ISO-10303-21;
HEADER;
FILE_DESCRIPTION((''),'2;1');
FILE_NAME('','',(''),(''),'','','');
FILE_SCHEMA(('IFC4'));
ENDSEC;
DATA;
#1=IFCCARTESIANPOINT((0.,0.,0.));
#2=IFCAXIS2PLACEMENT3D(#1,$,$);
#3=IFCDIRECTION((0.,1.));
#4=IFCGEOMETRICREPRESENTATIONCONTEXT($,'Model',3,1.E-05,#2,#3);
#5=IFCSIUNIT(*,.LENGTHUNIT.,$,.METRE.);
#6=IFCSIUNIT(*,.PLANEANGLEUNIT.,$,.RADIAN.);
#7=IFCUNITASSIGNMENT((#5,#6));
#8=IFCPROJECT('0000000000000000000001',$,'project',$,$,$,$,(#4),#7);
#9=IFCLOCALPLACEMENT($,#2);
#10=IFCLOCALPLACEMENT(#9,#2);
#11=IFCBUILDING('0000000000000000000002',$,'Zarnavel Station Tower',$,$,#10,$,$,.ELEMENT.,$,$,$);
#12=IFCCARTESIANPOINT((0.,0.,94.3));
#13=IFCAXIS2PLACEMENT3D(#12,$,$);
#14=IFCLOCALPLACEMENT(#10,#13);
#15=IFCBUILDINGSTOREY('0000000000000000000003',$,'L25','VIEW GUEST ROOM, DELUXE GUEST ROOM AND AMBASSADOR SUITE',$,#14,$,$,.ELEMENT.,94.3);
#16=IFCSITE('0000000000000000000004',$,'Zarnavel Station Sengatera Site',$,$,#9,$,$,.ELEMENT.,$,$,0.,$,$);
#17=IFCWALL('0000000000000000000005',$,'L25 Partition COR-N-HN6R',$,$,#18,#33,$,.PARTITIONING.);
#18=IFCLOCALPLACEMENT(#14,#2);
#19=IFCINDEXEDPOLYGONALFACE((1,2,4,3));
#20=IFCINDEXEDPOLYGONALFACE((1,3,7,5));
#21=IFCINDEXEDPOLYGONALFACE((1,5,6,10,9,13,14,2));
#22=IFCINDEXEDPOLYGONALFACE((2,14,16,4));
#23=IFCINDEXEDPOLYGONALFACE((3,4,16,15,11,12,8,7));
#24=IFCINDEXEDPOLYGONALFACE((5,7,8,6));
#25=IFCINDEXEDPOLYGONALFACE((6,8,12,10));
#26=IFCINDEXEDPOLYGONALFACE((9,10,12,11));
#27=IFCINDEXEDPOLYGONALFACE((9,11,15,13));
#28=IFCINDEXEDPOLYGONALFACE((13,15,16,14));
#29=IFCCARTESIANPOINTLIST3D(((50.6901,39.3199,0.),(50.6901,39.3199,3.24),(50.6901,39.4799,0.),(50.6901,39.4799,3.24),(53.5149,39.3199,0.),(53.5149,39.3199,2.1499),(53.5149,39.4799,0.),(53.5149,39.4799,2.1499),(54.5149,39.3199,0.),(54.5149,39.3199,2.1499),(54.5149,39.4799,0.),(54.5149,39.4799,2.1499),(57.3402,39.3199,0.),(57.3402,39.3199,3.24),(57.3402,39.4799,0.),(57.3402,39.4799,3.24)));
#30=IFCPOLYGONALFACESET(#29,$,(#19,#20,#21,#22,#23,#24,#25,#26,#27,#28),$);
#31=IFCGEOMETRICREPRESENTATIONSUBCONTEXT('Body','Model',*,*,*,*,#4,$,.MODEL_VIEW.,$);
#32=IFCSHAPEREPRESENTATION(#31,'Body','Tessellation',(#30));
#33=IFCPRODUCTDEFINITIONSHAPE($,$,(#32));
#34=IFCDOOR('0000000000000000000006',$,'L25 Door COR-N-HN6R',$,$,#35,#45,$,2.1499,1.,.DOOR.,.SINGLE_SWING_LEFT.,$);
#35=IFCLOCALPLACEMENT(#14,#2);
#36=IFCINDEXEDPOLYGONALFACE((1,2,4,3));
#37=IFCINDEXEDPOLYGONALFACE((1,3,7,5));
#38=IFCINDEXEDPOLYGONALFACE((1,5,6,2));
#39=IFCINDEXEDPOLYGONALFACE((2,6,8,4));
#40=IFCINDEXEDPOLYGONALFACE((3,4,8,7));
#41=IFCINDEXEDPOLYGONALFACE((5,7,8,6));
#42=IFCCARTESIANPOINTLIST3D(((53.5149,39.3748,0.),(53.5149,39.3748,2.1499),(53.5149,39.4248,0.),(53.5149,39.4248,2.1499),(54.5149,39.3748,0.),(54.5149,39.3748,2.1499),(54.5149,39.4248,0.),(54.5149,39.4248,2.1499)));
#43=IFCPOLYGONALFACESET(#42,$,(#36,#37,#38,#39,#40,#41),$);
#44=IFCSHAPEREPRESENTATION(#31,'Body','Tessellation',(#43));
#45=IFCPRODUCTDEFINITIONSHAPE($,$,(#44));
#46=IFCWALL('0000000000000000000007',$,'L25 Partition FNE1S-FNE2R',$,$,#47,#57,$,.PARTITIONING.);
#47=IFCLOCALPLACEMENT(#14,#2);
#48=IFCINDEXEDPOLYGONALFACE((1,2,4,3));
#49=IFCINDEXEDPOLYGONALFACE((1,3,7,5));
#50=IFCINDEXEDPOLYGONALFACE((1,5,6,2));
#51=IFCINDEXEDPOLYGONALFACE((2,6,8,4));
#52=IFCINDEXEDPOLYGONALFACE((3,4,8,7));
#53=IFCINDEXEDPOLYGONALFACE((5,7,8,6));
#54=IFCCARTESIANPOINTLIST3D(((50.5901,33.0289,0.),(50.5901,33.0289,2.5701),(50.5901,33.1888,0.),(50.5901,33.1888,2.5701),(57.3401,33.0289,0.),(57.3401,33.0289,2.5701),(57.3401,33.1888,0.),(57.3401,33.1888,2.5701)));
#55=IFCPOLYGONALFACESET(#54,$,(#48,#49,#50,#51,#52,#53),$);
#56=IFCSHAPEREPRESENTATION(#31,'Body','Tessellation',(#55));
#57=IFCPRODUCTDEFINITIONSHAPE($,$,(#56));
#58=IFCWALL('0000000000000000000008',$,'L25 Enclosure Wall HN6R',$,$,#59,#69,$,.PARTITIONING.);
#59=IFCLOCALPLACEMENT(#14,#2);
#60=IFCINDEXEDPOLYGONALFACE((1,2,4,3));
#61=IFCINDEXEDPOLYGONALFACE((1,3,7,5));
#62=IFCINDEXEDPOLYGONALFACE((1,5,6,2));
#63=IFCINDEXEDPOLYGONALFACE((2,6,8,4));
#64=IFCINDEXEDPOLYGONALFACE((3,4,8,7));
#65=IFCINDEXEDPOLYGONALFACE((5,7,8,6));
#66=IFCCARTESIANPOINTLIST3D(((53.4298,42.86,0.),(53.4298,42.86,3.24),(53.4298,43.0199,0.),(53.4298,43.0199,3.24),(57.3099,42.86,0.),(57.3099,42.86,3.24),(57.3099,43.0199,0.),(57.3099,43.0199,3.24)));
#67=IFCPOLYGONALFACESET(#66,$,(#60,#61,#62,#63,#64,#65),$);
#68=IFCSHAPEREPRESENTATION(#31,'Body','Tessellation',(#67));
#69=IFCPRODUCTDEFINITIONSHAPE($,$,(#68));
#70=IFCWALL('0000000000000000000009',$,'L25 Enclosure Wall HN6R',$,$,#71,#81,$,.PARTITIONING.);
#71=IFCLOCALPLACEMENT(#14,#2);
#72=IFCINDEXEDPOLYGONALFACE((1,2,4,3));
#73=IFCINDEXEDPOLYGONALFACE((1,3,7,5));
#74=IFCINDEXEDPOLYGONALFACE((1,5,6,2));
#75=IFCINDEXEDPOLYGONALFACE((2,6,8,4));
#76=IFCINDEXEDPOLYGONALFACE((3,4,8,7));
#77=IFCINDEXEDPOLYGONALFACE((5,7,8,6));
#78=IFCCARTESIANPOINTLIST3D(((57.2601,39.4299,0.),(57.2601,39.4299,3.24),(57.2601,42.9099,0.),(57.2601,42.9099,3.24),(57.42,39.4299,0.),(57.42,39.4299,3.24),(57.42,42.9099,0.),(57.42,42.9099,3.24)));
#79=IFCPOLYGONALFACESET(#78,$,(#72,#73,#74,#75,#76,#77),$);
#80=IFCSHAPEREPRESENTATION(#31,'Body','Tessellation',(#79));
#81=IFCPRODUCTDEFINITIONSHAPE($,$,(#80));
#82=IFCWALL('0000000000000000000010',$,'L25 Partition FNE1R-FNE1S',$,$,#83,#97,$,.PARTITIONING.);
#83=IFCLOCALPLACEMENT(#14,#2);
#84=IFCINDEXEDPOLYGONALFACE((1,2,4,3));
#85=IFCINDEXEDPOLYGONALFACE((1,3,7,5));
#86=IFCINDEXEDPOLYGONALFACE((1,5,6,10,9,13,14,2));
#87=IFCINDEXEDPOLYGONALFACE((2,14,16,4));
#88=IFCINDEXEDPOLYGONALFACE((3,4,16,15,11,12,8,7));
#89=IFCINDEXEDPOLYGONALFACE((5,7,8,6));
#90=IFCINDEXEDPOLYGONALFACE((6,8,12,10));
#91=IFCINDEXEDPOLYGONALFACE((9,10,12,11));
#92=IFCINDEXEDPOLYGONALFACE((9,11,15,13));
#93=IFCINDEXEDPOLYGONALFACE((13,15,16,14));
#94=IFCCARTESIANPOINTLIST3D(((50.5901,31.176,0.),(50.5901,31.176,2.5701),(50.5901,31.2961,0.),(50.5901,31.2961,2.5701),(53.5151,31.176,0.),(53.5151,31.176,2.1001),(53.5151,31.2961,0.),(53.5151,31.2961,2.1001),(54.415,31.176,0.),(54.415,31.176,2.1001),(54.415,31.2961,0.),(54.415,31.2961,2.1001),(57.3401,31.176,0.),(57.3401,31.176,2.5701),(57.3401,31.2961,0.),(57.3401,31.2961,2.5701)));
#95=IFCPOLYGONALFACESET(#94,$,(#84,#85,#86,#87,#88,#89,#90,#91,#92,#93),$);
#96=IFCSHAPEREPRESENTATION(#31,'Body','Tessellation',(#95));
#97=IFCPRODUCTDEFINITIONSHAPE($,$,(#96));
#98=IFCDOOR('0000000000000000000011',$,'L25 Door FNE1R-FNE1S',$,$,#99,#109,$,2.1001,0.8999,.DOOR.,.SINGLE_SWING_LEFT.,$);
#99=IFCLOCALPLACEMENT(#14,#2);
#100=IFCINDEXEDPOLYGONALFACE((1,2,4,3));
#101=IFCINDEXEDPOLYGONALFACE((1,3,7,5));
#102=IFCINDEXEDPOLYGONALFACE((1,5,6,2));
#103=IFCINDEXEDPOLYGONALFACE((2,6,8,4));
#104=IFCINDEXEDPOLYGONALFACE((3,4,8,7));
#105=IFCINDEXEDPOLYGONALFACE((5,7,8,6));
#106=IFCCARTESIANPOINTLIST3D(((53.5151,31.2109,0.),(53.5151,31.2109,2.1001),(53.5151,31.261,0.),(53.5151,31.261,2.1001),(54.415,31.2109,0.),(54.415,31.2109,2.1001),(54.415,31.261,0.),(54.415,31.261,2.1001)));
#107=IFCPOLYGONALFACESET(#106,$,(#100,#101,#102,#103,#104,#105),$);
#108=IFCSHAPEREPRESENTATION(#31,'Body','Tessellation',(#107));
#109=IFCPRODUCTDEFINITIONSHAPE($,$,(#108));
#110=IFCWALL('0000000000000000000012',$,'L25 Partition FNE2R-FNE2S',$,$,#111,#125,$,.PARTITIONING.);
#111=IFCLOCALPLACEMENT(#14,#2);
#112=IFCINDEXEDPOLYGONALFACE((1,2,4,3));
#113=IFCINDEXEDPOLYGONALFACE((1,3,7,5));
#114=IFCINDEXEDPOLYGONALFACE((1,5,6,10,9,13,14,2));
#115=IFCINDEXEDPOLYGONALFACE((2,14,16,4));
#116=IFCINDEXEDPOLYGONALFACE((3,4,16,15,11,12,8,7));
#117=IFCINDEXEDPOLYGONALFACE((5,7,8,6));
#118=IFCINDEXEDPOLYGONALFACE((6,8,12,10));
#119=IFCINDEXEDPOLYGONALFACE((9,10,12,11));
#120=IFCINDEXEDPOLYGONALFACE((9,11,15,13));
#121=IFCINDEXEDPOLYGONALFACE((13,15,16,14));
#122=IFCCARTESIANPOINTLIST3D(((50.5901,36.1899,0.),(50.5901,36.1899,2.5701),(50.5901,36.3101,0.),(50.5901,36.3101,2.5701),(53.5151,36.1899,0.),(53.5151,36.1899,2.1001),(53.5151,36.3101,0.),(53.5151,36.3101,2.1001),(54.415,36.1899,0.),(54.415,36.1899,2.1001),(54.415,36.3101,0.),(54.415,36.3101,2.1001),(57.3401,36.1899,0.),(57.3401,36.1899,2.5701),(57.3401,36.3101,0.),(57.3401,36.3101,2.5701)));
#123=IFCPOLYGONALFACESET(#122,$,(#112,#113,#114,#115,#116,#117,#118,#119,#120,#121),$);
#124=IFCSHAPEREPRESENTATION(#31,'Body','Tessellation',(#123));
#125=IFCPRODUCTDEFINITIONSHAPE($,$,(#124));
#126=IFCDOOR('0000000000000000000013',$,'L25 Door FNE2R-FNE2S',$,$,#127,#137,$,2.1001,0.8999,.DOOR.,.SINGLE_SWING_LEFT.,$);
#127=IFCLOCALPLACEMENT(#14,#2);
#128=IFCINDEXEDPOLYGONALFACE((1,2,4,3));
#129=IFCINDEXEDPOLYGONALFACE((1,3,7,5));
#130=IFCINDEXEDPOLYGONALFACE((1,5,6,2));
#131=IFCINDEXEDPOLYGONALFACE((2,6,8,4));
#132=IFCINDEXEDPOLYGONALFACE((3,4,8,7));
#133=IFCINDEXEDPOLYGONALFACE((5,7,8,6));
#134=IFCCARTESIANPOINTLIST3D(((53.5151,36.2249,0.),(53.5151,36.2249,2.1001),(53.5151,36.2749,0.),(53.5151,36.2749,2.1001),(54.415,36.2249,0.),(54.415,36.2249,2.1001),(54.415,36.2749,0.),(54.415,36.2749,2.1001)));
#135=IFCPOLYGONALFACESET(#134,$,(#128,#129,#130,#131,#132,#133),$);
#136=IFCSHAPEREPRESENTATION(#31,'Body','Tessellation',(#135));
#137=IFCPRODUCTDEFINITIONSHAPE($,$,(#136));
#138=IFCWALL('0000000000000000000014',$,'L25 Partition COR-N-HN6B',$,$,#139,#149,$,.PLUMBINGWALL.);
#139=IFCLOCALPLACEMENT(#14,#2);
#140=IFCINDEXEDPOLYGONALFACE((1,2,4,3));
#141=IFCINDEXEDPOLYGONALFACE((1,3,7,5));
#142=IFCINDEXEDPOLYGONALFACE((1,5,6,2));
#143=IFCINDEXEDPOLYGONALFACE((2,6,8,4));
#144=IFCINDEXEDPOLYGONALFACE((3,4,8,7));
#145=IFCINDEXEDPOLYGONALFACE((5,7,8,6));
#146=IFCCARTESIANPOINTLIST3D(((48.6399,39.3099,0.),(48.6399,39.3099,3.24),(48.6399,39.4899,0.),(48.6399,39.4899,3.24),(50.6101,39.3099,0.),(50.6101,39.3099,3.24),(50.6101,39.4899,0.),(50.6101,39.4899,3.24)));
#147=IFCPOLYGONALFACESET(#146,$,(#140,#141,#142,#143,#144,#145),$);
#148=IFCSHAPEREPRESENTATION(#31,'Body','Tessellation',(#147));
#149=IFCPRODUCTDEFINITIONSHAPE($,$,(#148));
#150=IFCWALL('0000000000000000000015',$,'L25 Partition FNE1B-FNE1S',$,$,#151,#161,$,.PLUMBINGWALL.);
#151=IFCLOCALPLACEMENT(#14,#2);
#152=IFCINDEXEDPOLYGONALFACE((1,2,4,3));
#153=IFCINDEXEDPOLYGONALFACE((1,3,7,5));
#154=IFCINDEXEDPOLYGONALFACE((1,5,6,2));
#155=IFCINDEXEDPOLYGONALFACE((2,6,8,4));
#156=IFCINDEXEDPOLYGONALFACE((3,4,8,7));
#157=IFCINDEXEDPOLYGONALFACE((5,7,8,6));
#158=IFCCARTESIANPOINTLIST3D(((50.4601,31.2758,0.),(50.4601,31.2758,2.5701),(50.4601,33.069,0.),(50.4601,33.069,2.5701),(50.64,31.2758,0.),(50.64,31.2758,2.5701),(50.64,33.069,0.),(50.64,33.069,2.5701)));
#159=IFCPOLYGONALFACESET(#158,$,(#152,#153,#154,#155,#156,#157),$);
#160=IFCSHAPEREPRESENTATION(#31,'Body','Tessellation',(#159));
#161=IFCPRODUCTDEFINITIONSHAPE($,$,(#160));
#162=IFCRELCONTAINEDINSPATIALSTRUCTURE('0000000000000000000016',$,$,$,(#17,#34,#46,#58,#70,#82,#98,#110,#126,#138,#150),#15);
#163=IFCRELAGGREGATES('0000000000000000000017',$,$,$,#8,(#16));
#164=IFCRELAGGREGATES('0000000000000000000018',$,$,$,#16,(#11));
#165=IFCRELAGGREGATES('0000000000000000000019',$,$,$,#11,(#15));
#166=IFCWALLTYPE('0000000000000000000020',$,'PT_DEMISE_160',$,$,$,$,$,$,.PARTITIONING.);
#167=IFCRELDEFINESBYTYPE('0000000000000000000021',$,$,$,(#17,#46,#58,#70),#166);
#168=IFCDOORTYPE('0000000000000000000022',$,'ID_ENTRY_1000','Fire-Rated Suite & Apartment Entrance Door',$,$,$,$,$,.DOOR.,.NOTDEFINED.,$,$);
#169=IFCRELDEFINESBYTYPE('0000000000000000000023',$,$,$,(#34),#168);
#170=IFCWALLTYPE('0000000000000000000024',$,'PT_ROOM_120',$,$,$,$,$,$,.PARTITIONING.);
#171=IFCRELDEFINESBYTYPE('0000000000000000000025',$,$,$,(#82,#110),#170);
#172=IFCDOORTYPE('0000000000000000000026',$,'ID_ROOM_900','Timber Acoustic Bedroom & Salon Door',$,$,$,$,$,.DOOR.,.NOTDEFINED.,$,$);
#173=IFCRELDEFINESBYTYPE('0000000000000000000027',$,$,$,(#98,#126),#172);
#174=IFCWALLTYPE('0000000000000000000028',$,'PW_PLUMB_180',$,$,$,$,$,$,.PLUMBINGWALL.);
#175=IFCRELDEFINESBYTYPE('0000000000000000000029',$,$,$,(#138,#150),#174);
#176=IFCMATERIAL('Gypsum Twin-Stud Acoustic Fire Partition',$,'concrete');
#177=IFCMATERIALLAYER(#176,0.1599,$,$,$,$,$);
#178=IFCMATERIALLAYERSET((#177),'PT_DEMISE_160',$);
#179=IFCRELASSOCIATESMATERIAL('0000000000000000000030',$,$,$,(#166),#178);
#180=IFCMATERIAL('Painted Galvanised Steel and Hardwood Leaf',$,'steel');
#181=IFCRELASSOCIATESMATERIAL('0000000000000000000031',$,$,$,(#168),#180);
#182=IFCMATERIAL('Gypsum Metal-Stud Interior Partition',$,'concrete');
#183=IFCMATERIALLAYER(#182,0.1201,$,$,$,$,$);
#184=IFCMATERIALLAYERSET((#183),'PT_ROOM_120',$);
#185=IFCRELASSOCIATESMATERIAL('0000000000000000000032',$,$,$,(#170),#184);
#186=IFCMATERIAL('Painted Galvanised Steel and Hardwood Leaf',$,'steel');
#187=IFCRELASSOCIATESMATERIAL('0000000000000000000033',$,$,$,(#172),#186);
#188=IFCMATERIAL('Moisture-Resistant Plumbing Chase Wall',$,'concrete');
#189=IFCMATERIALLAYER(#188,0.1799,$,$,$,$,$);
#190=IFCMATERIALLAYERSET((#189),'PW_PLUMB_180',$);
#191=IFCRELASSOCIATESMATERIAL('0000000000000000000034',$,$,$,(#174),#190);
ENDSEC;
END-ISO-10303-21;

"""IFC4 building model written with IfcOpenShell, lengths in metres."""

from ifc_helpers import new_model, si_unit, direction, frame, frame_2d, origin, place, context, subcontext, project, spatial, rectangle, extrude, material, layer, layer_set, type_object, element, fill, save


model = new_model("IFC4")

# Units and contexts
model_context = context("Model", 3, precision=1e-05, world=origin(), true_north=direction((0.0, 1.0)))
body_context = subcontext(model_context, "Body", "Model", "MODEL_VIEW")
ifc_project = project(units=[si_unit("LENGTHUNIT", "METRE"), si_unit("PLANEANGLEUNIT", "RADIAN")], contexts=[model_context])

# Site, building, storey
site_placement = place(None, origin())
site = spatial("IfcSite", under=ifc_project, at=site_placement, Name="Zarnavel Station Sengatera Site", CompositionType="ELEMENT", RefElevation=0.0)
building_placement = place(site_placement, origin())
building = spatial("IfcBuilding", under=site, at=building_placement, Name="Zarnavel Station Tower", CompositionType="ELEMENT")
storey_placement = place(building_placement, frame((0.0, 0.0, 94.3)))
storey = spatial("IfcBuildingStorey", under=building, at=storey_placement, Name="L25", Description="VIEW GUEST ROOM, DELUXE GUEST ROOM AND AMBASSADOR SUITE", CompositionType="ELEMENT", Elevation=94.3)

# Shared definitions
ifc_material_1 = material(Name="Gypsum Twin-Stud Acoustic Fire Partition", Category="concrete")
ifc_layer_1 = layer(ifc_material_1, 0.1599)
ifc_layer_set_1 = layer_set([ifc_layer_1], Name="PT_DEMISE_160")
wall_type_1 = type_object("IfcWallType", Name="PT_DEMISE_160", PredefinedType="PARTITIONING", material=ifc_layer_set_1)

# Wall, opening, door
wall_1_placement = place(storey_placement, frame((50.6899, 39.3999, 0.0), z_axis=(0.0, 0.0, 1.0), x_axis=(1.0, 0.0, 0.0)))
wall_1 = element("IfcWall", 1, at=wall_1_placement, inside=storey, type_object=wall_type_1, Name="L25 Partition COR-N-HN6R", PredefinedType="PARTITIONING", context=body_context, shape_type="SweptSolid", body=[
    extrude(rectangle(XDim=6.6501, YDim=0.1599, at=frame_2d((3.3252, 0.0))), origin(), (0.0, 0.0, 1.0), 3.24),
])
opening_1_placement = place(wall_1_placement, frame((2.825, 0.0, 0.0)))
opening_1 = element("IfcOpeningElement", 2, at=opening_1_placement, cuts=wall_1, PredefinedType="OPENING", context=body_context, shape_type="SweptSolid", body=[
    extrude(rectangle(XDim=1.0, YDim=2.1499, at=frame_2d((0.5, 1.075))), frame((0.0, 0.0898, 0.0), z_axis=(0.0, -1.0, 0.0), x_axis=(1.0, 0.0, 0.0)), (0.0, 0.0, 1.0), 0.1799),
])
ifc_material_2 = material(Name="Painted Galvanised Steel and Hardwood Leaf", Category="steel")
door_type_1 = type_object("IfcDoorType", Name="ID_ENTRY_1000", Description="Fire-Rated Suite & Apartment Entrance Door", OperationType="NOTDEFINED", PredefinedType="DOOR", material=ifc_material_2)
door_1_placement = place(opening_1_placement, origin())
door_1 = element("IfcDoor", 3, at=door_1_placement, inside=storey, type_object=door_type_1, Name="L25 Door COR-N-HN6R", OperationType="SINGLE_SWING_LEFT", OverallHeight=2.1499, OverallWidth=1.0, PredefinedType="DOOR", context=body_context, shape_type="SweptSolid", body=[
    extrude(rectangle(XDim=1.0, YDim=2.1499, at=frame_2d((0.5, 1.075))), frame((0.0, 0.0249, 0.0), z_axis=(0.0, -1.0, 0.0), x_axis=(1.0, 0.0, 0.0)), (0.0, 0.0, 1.0), 0.05),
])
fill(opening_1, door_1)

# Walls
wall_2_placement = place(storey_placement, frame((50.5901, 33.1089, 0.0), z_axis=(0.0, 0.0, 1.0), x_axis=(1.0, 0.0, 0.0)))
element("IfcWall", 4, at=wall_2_placement, inside=storey, type_object=wall_type_1, Name="L25 Partition FNE1S-FNE2R", PredefinedType="PARTITIONING", context=body_context, shape_type="SweptSolid", body=[
    extrude(rectangle(XDim=6.75, YDim=0.1599, at=frame_2d((3.375, 0.0))), origin(), (0.0, 0.0, 1.0), 2.5701),
])
wall_3_placement = place(storey_placement, frame((53.4299, 42.9399, 0.0), z_axis=(0.0, 0.0, 1.0), x_axis=(1.0, 0.0, 0.0)))
element("IfcWall", 5, at=wall_3_placement, inside=storey, type_object=wall_type_1, Name="L25 Enclosure Wall HN6R", PredefinedType="PARTITIONING", context=body_context, shape_type="SweptSolid", body=[
    extrude(rectangle(XDim=3.8801, YDim=0.1599, at=frame_2d((1.9399, 0.0))), origin(), (0.0, 0.0, 1.0), 3.24),
])
wall_4_placement = place(storey_placement, frame((57.3401, 39.4299, 0.0), z_axis=(0.0, 0.0, 1.0), x_axis=(0.0, 1.0, 0.0)))
element("IfcWall", 6, at=wall_4_placement, inside=storey, type_object=wall_type_1, Name="L25 Enclosure Wall HN6R", PredefinedType="PARTITIONING", context=body_context, shape_type="SweptSolid", body=[
    extrude(rectangle(XDim=3.48, YDim=0.1599, at=frame_2d((1.74, 0.0))), origin(), (0.0, 0.0, 1.0), 3.24),
])

# Walls, openings, doors
ifc_material_3 = material(Name="Gypsum Metal-Stud Interior Partition", Category="concrete")
ifc_layer_2 = layer(ifc_material_3, 0.1201)
ifc_layer_set_2 = layer_set([ifc_layer_2], Name="PT_ROOM_120")
wall_type_2 = type_object("IfcWallType", Name="PT_ROOM_120", PredefinedType="PARTITIONING", material=ifc_layer_set_2)
wall_5_placement = place(storey_placement, frame((50.5901, 31.2361, 0.0), z_axis=(0.0, 0.0, 1.0), x_axis=(1.0, 0.0, 0.0)))
wall_5 = element("IfcWall", 7, at=wall_5_placement, inside=storey, type_object=wall_type_2, Name="L25 Partition FNE1R-FNE1S", PredefinedType="PARTITIONING", context=body_context, shape_type="SweptSolid", body=[
    extrude(rectangle(XDim=6.75, YDim=0.1201, at=frame_2d((3.375, 0.0))), origin(), (0.0, 0.0, 1.0), 2.5701),
])
opening_2_placement = place(wall_5_placement, frame((2.925, 0.0, 0.0)))
opening_2 = element("IfcOpeningElement", 8, at=opening_2_placement, cuts=wall_5, PredefinedType="OPENING", context=body_context, shape_type="SweptSolid", body=[
    extrude(rectangle(XDim=0.8999, YDim=2.1001, at=frame_2d((0.45, 1.05))), frame((0.0, 0.0701, 0.0), z_axis=(0.0, -1.0, 0.0), x_axis=(1.0, 0.0, 0.0)), (0.0, 0.0, 1.0), 0.1401),
])
ifc_material_4 = material(Name="Painted Galvanised Steel and Hardwood Leaf", Category="steel")
door_type_2 = type_object("IfcDoorType", Name="ID_ROOM_900", Description="Timber Acoustic Bedroom & Salon Door", OperationType="NOTDEFINED", PredefinedType="DOOR", material=ifc_material_4)
door_2_placement = place(opening_2_placement, origin())
door_2 = element("IfcDoor", 9, at=door_2_placement, inside=storey, type_object=door_type_2, Name="L25 Door FNE1R-FNE1S", OperationType="SINGLE_SWING_LEFT", OverallHeight=2.1001, OverallWidth=0.8999, PredefinedType="DOOR", context=body_context, shape_type="SweptSolid", body=[
    extrude(rectangle(XDim=0.8999, YDim=2.1001, at=frame_2d((0.45, 1.05))), frame((0.0, 0.0249, 0.0), z_axis=(0.0, -1.0, 0.0), x_axis=(1.0, 0.0, 0.0)), (0.0, 0.0, 1.0), 0.05),
])
fill(opening_2, door_2)
wall_6_placement = place(storey_placement, frame((50.5901, 36.25, 0.0), z_axis=(0.0, 0.0, 1.0), x_axis=(1.0, 0.0, 0.0)))
wall_6 = element("IfcWall", 10, at=wall_6_placement, inside=storey, type_object=wall_type_2, Name="L25 Partition FNE2R-FNE2S", PredefinedType="PARTITIONING", context=body_context, shape_type="SweptSolid", body=[
    extrude(rectangle(XDim=6.75, YDim=0.1201, at=frame_2d((3.375, 0.0))), origin(), (0.0, 0.0, 1.0), 2.5701),
])
opening_3_placement = place(wall_6_placement, frame((2.925, 0.0, 0.0)))
opening_3 = element("IfcOpeningElement", 11, at=opening_3_placement, cuts=wall_6, PredefinedType="OPENING", context=body_context, shape_type="SweptSolid", body=[
    extrude(rectangle(XDim=0.8999, YDim=2.1001, at=frame_2d((0.45, 1.05))), frame((0.0, 0.0701, 0.0), z_axis=(0.0, -1.0, 0.0), x_axis=(1.0, 0.0, 0.0)), (0.0, 0.0, 1.0), 0.1401),
])
door_3_placement = place(opening_3_placement, origin())
door_3 = element("IfcDoor", 12, at=door_3_placement, inside=storey, type_object=door_type_2, Name="L25 Door FNE2R-FNE2S", OperationType="SINGLE_SWING_LEFT", OverallHeight=2.1001, OverallWidth=0.8999, PredefinedType="DOOR", context=body_context, shape_type="SweptSolid", body=[
    extrude(rectangle(XDim=0.8999, YDim=2.1001, at=frame_2d((0.45, 1.05))), frame((0.0, 0.0249, 0.0), z_axis=(0.0, -1.0, 0.0), x_axis=(1.0, 0.0, 0.0)), (0.0, 0.0, 1.0), 0.05),
])
fill(opening_3, door_3)

# Walls
ifc_material_5 = material(Name="Moisture-Resistant Plumbing Chase Wall", Category="concrete")
ifc_layer_3 = layer(ifc_material_5, 0.1799)
ifc_layer_set_3 = layer_set([ifc_layer_3], Name="PW_PLUMB_180")
wall_type_3 = type_object("IfcWallType", Name="PW_PLUMB_180", PredefinedType="PLUMBINGWALL", material=ifc_layer_set_3)
wall_7_placement = place(storey_placement, frame((48.6399, 39.3999, 0.0), z_axis=(0.0, 0.0, 1.0), x_axis=(1.0, 0.0, 0.0)))
element("IfcWall", 13, at=wall_7_placement, inside=storey, type_object=wall_type_3, Name="L25 Partition COR-N-HN6B", PredefinedType="PLUMBINGWALL", context=body_context, shape_type="SweptSolid", body=[
    extrude(rectangle(XDim=1.9702, YDim=0.1799, at=frame_2d((0.9851, 0.0))), origin(), (0.0, 0.0, 1.0), 3.24),
])
wall_8_placement = place(storey_placement, frame((50.55, 31.2759, 0.0), z_axis=(0.0, 0.0, 1.0), x_axis=(0.0, 1.0, 0.0)))
element("IfcWall", 14, at=wall_8_placement, inside=storey, type_object=wall_type_3, Name="L25 Partition FNE1B-FNE1S", PredefinedType="PLUMBINGWALL", context=body_context, shape_type="SweptSolid", body=[
    extrude(rectangle(XDim=1.7932, YDim=0.1799, at=frame_2d((0.8965, 0.0))), origin(), (0.0, 0.0, 1.0), 2.5701),
])

save(model, "model.ifc")
